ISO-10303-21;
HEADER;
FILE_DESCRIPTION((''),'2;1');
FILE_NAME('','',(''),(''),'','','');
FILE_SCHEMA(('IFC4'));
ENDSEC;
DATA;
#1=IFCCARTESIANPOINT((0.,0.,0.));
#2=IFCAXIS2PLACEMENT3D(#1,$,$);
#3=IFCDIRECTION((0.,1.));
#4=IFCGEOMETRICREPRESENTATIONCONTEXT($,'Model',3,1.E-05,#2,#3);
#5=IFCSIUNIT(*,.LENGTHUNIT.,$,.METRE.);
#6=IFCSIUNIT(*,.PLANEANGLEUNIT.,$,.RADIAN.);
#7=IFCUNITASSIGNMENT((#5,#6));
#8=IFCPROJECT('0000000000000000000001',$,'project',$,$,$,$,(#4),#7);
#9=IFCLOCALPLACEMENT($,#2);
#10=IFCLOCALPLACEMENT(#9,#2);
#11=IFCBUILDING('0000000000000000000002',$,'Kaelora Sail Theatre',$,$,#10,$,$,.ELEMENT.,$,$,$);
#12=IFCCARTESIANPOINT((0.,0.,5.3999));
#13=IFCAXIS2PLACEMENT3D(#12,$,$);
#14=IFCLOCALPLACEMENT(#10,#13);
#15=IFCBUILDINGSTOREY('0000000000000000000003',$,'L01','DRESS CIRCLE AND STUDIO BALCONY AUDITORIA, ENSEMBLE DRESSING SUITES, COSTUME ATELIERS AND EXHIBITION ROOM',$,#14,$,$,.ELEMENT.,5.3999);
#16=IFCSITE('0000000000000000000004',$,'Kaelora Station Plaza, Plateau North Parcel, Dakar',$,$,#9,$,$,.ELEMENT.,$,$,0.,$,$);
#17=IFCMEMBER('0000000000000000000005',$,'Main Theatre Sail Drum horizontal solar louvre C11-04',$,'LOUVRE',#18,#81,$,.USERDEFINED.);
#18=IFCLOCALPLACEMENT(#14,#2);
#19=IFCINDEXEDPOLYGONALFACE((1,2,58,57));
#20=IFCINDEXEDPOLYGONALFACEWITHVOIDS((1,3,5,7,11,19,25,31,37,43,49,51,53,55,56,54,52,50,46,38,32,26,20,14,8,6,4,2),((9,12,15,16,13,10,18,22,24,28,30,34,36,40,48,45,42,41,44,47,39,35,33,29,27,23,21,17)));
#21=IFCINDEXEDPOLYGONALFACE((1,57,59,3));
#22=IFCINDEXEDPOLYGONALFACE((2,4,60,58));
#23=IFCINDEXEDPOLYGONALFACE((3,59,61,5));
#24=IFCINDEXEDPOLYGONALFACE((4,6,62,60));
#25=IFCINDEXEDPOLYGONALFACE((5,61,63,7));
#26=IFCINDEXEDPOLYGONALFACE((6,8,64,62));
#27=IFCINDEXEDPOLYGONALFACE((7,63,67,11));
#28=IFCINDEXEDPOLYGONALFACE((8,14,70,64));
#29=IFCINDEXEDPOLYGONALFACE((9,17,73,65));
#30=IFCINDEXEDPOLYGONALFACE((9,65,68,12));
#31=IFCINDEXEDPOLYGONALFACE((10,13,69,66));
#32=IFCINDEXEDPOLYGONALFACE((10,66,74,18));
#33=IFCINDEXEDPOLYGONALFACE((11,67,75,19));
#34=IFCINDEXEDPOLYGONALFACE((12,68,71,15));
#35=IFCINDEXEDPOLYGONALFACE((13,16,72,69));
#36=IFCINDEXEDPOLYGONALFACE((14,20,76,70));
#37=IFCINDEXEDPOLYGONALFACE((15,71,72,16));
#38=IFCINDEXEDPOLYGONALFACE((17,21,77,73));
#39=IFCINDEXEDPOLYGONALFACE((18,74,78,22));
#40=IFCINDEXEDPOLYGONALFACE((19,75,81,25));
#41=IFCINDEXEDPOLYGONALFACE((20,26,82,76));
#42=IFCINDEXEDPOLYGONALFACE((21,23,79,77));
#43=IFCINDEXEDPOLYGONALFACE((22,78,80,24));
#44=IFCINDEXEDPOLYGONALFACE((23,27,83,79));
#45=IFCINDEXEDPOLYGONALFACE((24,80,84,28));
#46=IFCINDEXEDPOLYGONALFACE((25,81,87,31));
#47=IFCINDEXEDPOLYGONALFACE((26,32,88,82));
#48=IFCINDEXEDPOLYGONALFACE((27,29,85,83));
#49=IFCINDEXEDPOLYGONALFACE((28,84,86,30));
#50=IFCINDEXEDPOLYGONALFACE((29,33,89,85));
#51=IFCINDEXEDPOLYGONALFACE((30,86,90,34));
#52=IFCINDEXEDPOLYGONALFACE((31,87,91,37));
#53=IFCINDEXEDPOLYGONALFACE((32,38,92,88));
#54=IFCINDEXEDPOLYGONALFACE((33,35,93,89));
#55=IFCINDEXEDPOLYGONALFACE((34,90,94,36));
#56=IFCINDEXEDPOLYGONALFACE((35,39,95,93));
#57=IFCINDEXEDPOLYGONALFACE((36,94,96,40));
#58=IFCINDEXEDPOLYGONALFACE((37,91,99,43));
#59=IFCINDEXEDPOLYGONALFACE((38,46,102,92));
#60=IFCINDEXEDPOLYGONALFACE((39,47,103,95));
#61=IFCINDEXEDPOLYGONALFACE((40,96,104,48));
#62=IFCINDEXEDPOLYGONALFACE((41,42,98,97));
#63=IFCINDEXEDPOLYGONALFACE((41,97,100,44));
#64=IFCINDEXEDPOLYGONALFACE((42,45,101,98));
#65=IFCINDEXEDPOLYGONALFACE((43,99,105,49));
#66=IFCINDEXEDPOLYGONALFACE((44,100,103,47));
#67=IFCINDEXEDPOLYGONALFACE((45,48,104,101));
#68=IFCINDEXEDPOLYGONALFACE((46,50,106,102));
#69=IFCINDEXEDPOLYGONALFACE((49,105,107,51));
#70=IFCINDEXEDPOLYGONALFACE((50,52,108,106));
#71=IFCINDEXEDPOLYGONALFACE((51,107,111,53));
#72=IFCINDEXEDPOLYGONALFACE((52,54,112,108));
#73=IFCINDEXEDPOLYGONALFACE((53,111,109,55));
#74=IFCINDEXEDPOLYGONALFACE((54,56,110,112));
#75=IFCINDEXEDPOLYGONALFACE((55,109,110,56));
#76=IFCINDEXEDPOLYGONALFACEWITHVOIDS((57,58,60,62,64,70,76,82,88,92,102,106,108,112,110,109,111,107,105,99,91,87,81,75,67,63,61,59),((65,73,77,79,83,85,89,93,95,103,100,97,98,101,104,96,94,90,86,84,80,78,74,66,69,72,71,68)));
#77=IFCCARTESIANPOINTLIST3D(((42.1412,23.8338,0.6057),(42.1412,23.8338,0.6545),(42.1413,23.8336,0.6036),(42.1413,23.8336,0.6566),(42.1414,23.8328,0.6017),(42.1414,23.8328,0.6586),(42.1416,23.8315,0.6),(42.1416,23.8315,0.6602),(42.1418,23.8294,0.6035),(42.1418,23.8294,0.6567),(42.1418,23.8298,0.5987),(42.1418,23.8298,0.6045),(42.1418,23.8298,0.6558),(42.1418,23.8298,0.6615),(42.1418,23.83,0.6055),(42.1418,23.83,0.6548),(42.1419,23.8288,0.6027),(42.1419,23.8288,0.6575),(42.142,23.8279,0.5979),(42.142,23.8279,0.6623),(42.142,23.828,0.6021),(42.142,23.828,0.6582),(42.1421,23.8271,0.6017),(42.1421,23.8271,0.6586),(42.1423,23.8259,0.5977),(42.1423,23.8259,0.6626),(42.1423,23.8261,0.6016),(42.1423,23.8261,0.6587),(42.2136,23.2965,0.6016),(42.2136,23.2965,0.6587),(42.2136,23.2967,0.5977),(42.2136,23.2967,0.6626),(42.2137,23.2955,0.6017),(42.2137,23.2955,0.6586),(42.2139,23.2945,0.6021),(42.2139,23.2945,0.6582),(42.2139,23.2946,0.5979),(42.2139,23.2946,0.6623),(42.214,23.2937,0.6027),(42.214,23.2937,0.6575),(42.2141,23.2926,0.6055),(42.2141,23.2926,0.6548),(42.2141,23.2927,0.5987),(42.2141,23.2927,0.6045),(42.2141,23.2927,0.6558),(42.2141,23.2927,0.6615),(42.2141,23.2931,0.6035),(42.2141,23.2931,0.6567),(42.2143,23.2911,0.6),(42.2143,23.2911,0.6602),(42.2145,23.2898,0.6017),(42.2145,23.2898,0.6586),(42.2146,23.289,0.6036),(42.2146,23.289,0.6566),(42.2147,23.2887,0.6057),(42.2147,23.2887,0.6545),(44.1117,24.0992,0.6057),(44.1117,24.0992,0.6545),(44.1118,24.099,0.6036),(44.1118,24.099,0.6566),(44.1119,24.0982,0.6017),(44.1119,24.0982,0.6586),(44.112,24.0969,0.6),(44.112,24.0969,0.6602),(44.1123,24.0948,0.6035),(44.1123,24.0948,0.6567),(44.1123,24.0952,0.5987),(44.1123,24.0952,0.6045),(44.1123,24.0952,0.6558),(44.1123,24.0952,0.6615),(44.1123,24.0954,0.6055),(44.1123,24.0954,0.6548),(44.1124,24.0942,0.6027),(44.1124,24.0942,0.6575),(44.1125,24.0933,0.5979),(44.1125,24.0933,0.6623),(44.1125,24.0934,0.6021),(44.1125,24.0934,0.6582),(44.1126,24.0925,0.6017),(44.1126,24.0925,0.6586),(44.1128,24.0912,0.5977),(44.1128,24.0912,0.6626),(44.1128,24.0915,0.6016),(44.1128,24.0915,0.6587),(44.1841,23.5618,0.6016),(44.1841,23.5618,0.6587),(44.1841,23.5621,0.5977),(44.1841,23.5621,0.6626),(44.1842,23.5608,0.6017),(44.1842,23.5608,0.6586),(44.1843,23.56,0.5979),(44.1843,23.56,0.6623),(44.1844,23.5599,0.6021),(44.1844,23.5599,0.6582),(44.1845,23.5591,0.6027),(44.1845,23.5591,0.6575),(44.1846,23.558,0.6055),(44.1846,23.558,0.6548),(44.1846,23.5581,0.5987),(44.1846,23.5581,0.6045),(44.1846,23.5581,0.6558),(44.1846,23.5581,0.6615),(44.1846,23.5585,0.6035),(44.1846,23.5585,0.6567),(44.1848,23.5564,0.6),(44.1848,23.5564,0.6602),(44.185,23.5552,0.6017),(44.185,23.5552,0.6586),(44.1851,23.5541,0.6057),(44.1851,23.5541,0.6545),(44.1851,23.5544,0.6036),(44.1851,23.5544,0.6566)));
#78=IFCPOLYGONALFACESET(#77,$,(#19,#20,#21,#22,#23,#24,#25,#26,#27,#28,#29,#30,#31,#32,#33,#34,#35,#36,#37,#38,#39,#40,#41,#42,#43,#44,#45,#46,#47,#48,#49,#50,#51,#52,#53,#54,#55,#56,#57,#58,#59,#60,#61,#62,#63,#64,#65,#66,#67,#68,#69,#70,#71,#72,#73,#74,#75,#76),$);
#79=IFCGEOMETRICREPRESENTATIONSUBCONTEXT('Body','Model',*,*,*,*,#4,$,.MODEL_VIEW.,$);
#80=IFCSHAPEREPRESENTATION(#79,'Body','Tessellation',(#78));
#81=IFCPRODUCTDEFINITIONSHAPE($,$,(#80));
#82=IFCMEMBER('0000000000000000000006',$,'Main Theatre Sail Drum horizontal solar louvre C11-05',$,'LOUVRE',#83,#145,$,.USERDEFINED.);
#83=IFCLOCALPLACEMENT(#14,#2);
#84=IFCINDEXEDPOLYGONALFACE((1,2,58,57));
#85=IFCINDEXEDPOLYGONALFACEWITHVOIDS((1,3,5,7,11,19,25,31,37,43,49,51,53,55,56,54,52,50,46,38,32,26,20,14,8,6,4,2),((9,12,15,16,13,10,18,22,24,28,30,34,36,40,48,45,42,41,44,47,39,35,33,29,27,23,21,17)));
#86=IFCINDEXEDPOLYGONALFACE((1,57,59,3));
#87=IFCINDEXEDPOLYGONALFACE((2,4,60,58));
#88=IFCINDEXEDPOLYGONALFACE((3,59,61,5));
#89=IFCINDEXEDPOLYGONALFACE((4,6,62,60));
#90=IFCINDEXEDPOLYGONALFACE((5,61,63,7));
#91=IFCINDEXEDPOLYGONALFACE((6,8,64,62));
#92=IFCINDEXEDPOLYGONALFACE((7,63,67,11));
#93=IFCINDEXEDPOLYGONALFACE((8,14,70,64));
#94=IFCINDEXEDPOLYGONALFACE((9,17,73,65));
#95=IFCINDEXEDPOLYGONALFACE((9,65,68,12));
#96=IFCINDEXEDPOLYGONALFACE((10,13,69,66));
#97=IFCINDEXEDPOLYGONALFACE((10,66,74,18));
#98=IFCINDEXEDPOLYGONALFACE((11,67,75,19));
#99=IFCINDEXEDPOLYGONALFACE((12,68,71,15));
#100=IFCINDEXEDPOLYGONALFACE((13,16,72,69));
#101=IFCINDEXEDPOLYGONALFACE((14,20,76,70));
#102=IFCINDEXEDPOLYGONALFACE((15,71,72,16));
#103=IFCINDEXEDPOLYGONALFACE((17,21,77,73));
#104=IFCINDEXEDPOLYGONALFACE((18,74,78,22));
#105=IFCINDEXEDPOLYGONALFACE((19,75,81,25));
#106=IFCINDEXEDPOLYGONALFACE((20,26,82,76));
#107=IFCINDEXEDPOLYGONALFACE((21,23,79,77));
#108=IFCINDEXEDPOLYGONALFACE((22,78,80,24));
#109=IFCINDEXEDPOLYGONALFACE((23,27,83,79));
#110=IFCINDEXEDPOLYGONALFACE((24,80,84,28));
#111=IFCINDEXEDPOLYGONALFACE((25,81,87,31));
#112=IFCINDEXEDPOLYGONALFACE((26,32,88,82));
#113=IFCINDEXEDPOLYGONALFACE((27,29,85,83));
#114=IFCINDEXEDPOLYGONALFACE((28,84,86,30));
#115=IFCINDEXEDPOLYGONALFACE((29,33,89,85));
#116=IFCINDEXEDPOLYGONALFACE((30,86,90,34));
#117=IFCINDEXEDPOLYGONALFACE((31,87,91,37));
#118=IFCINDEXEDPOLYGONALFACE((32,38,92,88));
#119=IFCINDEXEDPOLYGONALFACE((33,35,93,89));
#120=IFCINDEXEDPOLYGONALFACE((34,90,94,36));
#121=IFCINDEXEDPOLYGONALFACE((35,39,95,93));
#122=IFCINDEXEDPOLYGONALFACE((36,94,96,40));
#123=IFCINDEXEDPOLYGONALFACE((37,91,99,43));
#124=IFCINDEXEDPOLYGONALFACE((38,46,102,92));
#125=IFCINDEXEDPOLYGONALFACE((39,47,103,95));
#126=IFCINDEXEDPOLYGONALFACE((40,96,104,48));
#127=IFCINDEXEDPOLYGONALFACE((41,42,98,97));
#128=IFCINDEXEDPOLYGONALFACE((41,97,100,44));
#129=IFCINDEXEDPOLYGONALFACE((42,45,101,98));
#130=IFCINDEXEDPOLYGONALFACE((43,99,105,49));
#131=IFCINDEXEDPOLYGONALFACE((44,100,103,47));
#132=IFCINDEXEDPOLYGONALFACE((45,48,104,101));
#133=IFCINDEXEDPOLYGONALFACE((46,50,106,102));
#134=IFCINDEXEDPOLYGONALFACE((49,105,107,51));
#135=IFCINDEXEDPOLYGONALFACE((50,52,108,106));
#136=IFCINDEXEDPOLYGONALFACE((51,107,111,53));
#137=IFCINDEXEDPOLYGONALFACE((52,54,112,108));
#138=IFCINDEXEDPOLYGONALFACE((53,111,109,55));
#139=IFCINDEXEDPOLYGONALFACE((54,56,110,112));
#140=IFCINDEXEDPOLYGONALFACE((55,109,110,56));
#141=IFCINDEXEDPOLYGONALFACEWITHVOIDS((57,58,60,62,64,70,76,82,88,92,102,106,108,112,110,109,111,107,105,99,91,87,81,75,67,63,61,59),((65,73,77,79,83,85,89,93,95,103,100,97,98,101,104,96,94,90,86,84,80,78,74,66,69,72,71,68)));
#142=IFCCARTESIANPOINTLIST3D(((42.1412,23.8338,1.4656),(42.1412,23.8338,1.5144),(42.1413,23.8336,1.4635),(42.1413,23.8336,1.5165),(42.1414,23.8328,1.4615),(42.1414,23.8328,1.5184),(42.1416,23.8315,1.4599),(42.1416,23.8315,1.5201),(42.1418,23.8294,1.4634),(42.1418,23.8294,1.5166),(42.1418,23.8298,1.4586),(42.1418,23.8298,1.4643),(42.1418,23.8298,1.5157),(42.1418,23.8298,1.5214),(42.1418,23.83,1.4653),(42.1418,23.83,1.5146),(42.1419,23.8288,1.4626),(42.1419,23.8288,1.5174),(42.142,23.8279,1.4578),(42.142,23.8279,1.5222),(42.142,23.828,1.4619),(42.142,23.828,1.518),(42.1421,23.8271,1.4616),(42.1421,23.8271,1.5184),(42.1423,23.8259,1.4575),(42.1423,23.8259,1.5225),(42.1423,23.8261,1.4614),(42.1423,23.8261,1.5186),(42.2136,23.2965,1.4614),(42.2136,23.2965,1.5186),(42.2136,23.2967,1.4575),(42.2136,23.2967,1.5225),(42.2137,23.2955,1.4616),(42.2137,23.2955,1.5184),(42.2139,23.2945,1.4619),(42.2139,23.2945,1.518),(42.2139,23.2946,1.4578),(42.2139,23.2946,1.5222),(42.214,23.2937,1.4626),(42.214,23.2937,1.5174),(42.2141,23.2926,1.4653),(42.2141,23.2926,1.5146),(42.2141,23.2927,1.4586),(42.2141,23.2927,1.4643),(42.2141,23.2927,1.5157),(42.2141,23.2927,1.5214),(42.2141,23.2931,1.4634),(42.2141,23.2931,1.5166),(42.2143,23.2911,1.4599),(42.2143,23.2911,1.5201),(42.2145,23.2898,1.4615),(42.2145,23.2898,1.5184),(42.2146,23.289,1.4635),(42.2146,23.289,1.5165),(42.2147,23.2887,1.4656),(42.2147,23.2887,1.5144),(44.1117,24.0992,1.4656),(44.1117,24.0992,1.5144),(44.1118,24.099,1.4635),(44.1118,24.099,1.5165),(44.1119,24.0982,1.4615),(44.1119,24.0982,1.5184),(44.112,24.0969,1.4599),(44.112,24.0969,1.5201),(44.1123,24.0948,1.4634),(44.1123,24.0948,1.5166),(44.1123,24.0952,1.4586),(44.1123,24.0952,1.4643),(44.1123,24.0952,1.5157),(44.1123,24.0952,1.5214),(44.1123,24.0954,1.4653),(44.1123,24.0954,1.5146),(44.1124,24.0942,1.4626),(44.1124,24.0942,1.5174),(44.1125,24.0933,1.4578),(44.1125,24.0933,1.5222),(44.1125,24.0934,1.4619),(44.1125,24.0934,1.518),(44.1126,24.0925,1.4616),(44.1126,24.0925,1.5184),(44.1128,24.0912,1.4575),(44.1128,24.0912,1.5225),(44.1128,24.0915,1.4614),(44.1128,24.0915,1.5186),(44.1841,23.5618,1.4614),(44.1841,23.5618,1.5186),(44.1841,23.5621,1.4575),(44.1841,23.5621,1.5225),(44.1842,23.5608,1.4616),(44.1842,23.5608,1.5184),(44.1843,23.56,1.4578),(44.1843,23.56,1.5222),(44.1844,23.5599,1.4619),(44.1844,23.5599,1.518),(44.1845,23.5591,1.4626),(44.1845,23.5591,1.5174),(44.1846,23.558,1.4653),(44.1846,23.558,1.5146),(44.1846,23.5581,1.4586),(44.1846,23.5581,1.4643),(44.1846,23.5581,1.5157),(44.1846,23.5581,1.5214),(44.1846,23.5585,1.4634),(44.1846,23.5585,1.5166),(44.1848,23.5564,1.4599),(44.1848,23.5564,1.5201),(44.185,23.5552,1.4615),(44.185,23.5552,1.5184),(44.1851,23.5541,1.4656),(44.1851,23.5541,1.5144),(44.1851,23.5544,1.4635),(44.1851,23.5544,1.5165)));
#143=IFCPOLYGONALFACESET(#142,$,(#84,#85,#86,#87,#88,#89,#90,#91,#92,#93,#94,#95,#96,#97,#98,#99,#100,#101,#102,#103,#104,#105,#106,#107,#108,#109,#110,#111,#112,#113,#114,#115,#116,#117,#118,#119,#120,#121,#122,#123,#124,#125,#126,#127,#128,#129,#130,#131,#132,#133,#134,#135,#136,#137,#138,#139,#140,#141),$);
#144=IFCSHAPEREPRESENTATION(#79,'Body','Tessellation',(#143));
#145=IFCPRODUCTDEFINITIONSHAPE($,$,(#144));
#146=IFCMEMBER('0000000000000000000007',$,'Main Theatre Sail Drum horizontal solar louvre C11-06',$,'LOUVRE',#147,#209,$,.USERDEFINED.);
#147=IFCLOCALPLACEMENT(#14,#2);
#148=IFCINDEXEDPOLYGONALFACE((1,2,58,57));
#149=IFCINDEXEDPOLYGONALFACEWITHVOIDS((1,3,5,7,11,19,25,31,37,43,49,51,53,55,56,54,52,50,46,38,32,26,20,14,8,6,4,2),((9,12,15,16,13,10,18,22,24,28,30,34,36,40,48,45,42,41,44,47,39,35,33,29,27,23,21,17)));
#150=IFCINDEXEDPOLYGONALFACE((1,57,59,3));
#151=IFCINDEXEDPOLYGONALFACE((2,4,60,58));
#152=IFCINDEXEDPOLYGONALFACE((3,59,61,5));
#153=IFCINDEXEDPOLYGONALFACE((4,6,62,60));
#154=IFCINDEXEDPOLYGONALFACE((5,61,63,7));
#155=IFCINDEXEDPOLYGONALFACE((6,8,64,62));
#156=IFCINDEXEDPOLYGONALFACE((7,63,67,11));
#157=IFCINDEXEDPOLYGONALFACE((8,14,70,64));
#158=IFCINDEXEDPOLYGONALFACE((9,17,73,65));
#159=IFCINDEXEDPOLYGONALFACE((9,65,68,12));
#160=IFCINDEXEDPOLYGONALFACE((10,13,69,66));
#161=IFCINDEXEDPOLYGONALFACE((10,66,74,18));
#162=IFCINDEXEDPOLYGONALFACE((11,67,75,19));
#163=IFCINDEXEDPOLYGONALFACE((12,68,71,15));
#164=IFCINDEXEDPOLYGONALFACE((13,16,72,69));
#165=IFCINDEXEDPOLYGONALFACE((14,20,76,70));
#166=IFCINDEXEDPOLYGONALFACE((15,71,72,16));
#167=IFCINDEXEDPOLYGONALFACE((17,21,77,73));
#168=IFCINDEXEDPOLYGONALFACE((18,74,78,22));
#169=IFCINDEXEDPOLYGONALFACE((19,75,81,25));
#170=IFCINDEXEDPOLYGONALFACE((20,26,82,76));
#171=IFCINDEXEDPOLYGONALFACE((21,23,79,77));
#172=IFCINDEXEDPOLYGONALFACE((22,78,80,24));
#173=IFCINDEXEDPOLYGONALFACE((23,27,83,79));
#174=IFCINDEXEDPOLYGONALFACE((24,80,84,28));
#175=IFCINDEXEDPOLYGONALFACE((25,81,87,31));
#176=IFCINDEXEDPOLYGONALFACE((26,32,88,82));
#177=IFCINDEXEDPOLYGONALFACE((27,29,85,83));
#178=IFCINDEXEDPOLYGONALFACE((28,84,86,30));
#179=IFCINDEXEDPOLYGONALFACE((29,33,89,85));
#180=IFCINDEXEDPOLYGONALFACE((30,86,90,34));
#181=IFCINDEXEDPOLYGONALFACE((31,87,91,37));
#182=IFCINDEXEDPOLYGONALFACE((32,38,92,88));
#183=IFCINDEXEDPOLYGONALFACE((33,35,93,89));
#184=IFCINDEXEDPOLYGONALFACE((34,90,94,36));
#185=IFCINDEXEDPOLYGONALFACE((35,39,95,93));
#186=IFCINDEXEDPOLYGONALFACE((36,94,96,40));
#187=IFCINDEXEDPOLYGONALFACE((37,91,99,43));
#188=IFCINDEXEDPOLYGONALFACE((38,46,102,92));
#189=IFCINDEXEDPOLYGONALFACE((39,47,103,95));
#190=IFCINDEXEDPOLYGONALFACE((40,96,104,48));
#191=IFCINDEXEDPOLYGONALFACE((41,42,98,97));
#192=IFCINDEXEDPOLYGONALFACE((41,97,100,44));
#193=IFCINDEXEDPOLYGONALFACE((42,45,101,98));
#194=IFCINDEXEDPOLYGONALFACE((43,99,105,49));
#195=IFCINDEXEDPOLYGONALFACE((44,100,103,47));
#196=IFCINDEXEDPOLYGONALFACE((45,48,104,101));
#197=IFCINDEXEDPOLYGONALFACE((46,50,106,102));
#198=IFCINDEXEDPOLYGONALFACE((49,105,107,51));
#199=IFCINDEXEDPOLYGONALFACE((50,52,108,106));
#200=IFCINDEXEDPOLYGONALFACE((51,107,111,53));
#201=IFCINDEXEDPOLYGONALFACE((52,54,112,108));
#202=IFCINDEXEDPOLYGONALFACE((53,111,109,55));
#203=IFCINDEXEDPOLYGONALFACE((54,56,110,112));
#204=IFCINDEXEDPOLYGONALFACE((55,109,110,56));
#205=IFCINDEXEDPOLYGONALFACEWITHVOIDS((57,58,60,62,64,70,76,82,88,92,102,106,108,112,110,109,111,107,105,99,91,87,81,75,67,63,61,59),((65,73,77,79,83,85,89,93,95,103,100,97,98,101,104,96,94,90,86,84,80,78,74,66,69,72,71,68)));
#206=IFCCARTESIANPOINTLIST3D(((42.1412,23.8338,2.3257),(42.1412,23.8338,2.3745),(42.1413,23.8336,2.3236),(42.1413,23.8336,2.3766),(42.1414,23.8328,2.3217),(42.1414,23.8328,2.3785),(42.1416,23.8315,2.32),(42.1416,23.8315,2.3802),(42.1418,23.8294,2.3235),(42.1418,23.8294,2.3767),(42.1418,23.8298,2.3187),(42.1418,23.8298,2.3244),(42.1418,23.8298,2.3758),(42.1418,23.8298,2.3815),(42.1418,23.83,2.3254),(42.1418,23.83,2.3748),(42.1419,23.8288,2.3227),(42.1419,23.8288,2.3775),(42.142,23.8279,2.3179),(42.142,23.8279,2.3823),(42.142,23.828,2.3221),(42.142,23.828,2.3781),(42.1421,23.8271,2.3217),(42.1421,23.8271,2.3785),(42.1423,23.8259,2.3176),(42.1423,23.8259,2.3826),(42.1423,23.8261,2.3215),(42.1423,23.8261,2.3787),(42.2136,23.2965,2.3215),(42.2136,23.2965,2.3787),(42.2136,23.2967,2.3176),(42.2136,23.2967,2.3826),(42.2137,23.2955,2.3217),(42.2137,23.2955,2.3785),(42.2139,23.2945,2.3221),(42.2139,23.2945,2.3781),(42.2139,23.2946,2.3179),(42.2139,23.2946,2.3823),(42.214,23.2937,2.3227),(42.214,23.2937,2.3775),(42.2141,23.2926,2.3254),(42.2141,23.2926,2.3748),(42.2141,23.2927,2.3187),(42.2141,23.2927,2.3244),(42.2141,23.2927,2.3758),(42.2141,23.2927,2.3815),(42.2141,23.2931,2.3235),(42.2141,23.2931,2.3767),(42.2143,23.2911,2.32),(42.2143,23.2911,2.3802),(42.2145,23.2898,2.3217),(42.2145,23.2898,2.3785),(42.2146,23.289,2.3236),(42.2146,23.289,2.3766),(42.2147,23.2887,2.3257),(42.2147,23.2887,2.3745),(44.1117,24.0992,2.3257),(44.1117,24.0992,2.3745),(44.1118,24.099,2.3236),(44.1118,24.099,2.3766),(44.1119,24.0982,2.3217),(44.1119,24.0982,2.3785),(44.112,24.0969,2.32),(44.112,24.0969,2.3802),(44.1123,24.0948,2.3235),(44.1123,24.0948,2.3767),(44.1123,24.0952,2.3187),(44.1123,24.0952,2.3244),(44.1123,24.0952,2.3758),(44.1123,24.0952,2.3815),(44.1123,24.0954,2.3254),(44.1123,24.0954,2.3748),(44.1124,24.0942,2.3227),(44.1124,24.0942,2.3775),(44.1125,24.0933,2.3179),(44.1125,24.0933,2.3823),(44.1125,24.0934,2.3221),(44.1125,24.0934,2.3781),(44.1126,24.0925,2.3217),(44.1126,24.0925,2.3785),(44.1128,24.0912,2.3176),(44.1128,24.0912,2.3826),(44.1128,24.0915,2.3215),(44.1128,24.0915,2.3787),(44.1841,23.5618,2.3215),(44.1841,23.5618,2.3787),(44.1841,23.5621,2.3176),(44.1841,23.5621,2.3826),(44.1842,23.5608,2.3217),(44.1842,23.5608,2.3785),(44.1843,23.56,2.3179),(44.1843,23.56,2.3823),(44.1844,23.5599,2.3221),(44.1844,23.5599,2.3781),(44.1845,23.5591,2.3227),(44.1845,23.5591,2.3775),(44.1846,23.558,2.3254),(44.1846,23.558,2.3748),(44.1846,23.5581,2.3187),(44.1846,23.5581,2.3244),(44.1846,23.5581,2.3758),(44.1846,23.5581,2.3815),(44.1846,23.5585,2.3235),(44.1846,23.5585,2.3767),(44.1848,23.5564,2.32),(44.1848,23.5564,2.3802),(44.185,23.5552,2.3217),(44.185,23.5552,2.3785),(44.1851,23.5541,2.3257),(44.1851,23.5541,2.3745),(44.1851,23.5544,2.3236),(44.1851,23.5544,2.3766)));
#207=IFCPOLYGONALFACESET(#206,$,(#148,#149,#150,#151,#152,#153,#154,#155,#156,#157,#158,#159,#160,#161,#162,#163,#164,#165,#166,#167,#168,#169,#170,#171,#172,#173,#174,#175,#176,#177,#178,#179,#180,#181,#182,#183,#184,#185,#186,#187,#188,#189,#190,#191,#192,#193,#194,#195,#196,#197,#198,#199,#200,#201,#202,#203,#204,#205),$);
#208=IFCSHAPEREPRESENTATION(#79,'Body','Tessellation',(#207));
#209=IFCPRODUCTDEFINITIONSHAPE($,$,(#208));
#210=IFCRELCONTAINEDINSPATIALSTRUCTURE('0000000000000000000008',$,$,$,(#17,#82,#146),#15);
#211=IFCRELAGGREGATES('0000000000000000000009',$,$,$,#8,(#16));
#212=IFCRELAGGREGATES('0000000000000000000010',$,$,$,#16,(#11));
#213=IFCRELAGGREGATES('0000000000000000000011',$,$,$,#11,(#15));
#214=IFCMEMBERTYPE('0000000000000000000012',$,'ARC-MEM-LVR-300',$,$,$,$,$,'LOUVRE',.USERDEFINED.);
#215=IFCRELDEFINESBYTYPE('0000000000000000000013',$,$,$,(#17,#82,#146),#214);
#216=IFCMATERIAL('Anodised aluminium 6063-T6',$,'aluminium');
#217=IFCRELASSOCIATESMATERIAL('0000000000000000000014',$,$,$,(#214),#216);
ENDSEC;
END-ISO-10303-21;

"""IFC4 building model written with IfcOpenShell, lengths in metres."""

from ifc_helpers import new_model, si_unit, direction, frame, origin, origin_2d, place, context, subcontext, project, spatial, hollow_rectangle, extrude, material, material_profile, profile_set, type_object, element, save


model = new_model("IFC4")

# Units and contexts
model_context = context("Model", 3, precision=1e-05, world=origin(), true_north=direction((0.0, 1.0)))
body_context = subcontext(model_context, "Body", "Model", "MODEL_VIEW")
ifc_project = project(units=[si_unit("LENGTHUNIT", "METRE"), si_unit("PLANEANGLEUNIT", "RADIAN")], contexts=[model_context])

# Site, building, storey
site_placement = place(None, origin())
site = spatial("IfcSite", under=ifc_project, at=site_placement, Name="Kaelora Station Plaza, Plateau North Parcel, Dakar", CompositionType="ELEMENT", RefElevation=0.0)
building_placement = place(site_placement, origin())
building = spatial("IfcBuilding", under=site, at=building_placement, Name="Kaelora Sail Theatre", CompositionType="ELEMENT")
storey_placement = place(building_placement, frame((0.0, 0.0, 5.3999)))
storey = spatial("IfcBuildingStorey", under=building, at=storey_placement, Name="L01", Description="DRESS CIRCLE AND STUDIO BALCONY AUDITORIA, ENSEMBLE DRESSING SUITES, COSTUME ATELIERS AND EXHIBITION ROOM", CompositionType="ELEMENT", Elevation=5.3999)

# Members
ifc_material_1 = material(Name="Anodised aluminium 6063-T6", Category="aluminium")
ifc_material_profile_1 = material_profile(ifc_material_1, hollow_rectangle(XDim=0.55, YDim=0.0649, WallThickness=0.0039, InnerFilletRadius=0.0039, OuterFilletRadius=0.0081, at=origin_2d()), Name="LOUVRE 550x65x4")
ifc_profile_set_1 = profile_set([ifc_material_profile_1], Name="Anodised aluminium 6063-T6")
member_type = type_object("IfcMemberType", Name="ARC-MEM-LVR-300", ElementType="LOUVRE", PredefinedType="USERDEFINED", material=ifc_profile_set_1)
for number, where, z_axis, x_axis, name in (
    (1, (44.1484, 23.8267, 0.6301), (-0.991052, -0.133475, 0.0), (0.133475, -0.991052, 0.0), "Main Theatre Sail Drum horizontal solar louvre C11-04"),
    (2, (44.1484, 23.8267, 1.49), (-0.991052, -0.133475, 0.0), (0.133475, -0.991052, 0.0), "Main Theatre Sail Drum horizontal solar louvre C11-05"),
    (3, (44.1484, 23.8267, 2.3501), (-0.991052, -0.133475, 0.0), (0.133475, -0.991052, 0.0), "Main Theatre Sail Drum horizontal solar louvre C11-06"),
):
    element("IfcMember", number, at=place(storey_placement, frame(where, z_axis=z_axis, x_axis=x_axis)), inside=storey, type_object=member_type, Name=name, ObjectType="LOUVRE", PredefinedType="USERDEFINED", context=body_context, shape_type="SweptSolid", body=[
        extrude(hollow_rectangle(XDim=0.55, YDim=0.0649, WallThickness=0.0039, InnerFilletRadius=0.0039, OuterFilletRadius=0.0081, at=origin_2d()), origin(), (0.0, 0.0, 1.0), 1.9883),
    ])

save(model, "model.ifc")
